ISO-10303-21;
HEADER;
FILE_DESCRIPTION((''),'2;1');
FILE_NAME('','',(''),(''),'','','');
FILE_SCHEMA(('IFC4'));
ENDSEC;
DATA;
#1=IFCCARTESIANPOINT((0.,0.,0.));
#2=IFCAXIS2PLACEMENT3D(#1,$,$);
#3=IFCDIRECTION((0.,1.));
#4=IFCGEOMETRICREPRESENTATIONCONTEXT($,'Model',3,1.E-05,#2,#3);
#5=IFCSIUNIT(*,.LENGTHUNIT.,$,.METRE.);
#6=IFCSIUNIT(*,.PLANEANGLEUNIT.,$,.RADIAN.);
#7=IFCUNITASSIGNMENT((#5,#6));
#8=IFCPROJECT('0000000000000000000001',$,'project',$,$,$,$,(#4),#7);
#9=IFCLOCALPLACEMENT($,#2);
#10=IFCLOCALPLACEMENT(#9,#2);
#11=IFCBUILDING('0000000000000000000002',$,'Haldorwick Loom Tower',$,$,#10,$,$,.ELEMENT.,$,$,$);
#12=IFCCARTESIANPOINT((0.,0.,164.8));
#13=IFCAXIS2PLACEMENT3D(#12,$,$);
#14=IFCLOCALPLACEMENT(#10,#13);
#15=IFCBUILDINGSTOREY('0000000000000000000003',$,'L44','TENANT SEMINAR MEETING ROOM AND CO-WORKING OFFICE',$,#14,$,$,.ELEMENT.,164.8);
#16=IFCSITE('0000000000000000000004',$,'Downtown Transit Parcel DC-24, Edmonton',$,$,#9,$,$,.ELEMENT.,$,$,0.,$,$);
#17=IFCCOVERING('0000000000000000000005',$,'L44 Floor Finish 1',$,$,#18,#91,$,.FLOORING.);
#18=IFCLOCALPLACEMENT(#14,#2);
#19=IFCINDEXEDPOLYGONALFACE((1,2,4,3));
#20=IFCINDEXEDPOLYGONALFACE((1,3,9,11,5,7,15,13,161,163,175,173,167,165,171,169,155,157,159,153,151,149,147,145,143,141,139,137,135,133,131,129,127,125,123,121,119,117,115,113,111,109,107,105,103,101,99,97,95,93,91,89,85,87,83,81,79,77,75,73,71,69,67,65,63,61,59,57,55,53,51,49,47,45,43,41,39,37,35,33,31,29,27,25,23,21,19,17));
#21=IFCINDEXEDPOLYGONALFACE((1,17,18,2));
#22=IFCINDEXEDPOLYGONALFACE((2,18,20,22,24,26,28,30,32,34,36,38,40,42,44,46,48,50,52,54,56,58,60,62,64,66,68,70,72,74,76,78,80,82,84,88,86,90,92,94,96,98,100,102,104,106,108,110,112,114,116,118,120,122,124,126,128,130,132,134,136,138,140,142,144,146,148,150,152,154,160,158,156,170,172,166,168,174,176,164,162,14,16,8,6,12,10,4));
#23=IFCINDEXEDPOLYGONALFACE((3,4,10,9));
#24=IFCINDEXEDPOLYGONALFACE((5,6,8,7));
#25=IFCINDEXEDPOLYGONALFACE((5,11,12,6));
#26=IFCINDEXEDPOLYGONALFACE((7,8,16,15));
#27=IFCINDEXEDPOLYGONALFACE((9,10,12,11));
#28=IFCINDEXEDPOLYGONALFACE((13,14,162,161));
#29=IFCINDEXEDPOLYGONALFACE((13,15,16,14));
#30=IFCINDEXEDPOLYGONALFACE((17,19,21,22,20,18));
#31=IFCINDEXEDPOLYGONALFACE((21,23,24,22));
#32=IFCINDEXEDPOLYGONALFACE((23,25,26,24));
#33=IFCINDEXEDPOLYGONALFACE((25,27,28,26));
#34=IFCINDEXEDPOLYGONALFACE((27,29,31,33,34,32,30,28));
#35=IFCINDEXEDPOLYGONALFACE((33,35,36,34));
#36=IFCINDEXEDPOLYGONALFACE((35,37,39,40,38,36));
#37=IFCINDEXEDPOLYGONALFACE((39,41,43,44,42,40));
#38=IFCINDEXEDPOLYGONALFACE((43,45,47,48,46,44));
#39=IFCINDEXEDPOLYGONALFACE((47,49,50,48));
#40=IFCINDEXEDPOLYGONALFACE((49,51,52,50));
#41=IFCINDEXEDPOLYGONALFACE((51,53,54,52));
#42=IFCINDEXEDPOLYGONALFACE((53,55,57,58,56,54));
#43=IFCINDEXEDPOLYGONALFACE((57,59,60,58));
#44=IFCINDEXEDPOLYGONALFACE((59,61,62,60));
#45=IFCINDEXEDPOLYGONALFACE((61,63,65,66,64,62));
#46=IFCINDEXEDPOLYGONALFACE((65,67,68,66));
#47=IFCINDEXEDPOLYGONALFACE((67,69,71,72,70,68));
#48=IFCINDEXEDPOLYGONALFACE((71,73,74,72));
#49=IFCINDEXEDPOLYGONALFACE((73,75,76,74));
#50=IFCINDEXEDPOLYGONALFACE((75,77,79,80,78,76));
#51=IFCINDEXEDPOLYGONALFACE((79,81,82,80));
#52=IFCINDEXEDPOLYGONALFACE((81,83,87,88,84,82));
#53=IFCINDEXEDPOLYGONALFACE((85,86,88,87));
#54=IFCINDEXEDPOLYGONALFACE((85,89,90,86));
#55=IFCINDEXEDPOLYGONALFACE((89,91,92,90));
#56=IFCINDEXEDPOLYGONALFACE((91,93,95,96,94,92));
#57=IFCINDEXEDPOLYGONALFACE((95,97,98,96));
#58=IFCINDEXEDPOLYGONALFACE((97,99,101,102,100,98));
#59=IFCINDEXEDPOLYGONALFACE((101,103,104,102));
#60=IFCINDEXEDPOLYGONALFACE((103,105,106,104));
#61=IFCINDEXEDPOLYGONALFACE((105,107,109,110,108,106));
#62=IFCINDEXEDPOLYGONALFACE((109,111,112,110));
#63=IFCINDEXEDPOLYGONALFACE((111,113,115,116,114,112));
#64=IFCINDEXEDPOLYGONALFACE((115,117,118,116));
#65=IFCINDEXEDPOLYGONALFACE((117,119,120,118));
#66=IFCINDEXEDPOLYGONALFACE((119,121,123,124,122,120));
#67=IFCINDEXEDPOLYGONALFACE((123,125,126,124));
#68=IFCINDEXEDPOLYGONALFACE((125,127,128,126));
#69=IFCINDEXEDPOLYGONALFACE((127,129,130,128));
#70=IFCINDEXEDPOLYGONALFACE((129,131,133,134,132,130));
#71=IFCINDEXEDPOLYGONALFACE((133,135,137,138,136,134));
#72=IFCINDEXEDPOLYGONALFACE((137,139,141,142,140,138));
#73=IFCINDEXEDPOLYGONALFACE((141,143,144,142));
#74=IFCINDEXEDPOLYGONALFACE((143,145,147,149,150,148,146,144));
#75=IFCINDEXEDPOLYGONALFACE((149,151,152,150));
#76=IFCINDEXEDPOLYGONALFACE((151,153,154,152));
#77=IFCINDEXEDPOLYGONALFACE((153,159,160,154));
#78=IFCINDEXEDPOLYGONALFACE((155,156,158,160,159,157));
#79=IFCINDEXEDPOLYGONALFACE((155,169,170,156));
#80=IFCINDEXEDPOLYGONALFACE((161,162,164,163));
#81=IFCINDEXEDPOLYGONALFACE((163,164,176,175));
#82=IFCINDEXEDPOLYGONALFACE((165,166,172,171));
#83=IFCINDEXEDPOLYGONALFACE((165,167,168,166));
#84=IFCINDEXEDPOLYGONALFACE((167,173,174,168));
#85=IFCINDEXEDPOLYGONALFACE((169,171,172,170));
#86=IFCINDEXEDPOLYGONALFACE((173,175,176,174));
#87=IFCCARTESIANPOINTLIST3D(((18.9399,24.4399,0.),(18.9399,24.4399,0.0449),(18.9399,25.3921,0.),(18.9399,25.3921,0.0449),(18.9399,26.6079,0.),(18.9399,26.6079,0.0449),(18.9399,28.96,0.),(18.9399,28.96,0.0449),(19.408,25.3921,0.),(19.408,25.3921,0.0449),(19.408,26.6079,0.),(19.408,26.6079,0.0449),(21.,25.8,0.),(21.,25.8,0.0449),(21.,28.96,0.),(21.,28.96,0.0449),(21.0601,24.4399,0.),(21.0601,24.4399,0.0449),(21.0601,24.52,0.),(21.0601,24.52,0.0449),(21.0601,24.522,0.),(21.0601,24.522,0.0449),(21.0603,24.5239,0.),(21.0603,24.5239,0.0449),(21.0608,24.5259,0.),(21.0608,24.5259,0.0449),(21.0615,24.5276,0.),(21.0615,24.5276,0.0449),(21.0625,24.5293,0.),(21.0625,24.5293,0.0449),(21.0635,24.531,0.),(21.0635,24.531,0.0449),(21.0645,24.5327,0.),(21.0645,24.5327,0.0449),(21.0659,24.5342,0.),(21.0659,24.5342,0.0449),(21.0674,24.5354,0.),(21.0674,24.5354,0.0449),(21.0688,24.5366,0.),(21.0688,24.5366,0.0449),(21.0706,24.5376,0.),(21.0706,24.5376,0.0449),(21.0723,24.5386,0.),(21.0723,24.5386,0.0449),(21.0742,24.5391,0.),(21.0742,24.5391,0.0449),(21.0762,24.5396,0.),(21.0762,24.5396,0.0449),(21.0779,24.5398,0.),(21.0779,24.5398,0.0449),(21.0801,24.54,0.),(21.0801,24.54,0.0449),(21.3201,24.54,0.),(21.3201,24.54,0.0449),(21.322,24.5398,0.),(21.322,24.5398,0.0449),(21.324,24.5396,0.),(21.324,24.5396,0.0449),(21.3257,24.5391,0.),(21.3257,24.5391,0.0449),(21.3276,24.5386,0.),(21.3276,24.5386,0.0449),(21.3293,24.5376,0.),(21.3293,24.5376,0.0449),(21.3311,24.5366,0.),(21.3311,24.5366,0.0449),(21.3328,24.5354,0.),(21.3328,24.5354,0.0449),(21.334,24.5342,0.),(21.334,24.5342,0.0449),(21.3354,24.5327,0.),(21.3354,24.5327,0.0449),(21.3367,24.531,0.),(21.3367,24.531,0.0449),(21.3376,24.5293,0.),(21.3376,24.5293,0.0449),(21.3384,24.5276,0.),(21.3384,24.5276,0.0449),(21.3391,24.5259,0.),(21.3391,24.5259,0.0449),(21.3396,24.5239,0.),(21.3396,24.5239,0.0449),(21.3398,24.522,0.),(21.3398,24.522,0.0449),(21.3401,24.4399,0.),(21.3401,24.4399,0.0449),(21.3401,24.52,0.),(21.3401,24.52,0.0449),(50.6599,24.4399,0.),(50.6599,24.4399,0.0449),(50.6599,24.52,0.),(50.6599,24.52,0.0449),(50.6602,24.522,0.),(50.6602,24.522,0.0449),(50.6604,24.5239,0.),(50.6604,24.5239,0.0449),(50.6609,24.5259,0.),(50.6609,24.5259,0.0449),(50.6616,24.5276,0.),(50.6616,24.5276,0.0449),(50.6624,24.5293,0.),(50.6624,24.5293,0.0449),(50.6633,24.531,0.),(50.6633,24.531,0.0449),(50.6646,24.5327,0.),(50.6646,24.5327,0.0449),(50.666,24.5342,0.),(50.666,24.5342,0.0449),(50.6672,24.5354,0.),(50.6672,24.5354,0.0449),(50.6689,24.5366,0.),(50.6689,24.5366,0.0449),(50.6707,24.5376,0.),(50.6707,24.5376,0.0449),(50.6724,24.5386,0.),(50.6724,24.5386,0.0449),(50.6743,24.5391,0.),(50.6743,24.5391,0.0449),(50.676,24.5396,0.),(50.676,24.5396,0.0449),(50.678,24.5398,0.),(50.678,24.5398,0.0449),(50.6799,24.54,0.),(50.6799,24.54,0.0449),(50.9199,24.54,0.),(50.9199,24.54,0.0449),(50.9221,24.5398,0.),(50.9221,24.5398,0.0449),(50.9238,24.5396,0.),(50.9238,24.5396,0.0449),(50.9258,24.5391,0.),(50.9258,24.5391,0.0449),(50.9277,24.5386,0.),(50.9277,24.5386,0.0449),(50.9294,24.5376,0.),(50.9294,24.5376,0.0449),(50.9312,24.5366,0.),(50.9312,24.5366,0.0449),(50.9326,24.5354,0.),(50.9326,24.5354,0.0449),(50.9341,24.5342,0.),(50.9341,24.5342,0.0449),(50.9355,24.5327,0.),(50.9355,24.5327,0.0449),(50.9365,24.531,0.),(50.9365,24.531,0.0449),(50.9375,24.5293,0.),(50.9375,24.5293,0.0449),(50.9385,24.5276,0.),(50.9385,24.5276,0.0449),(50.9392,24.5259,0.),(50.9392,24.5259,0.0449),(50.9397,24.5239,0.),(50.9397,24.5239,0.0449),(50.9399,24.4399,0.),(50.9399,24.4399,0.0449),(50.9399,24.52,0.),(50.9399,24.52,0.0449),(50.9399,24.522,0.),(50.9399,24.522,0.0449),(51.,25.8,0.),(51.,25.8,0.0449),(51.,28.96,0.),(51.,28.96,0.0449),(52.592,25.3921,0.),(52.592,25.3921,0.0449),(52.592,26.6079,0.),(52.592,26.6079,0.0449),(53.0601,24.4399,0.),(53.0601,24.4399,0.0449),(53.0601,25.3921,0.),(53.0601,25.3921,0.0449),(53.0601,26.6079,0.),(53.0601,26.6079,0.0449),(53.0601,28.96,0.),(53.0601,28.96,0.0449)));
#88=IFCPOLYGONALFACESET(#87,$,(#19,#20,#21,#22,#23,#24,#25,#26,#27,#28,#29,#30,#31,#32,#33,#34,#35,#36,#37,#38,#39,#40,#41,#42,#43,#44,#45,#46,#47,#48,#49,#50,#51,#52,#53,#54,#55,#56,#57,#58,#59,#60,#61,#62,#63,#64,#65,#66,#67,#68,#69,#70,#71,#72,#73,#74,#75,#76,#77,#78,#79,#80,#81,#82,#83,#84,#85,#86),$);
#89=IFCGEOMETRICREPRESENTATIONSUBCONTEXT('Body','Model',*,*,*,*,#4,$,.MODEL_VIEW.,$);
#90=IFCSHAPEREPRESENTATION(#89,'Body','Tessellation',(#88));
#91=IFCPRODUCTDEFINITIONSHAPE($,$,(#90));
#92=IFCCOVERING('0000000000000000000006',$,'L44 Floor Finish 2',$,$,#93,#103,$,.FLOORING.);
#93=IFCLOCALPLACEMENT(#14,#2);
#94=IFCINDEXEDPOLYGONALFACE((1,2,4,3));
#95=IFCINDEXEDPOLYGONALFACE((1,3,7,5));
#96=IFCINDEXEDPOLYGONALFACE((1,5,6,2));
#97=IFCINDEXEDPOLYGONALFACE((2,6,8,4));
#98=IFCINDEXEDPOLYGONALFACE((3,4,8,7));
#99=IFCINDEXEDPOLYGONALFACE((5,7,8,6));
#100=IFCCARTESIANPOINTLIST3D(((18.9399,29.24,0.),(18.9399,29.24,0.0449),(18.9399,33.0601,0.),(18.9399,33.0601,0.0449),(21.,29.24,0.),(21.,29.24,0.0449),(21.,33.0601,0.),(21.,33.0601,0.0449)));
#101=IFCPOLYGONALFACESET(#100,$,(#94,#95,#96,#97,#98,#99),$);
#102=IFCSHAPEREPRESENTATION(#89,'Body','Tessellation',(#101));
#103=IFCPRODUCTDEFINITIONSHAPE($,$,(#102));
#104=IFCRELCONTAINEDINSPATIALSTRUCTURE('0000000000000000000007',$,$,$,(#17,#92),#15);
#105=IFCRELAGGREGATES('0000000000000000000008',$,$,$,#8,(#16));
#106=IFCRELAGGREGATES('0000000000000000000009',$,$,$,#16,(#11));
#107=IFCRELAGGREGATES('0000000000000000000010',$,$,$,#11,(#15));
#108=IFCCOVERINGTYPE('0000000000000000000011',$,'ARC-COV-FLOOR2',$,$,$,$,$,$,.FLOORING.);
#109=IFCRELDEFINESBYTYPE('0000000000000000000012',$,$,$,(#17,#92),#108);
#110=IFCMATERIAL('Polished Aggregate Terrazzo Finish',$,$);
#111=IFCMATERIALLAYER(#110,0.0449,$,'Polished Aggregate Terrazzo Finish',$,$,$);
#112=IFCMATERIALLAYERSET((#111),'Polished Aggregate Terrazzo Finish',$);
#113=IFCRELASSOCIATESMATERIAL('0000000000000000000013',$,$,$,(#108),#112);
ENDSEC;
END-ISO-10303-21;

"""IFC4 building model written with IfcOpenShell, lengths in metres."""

from ifc_helpers import new_model, si_unit, direction, frame, origin, place, context, subcontext, project, spatial, polyline, outline, extrude, material, layer, layer_set, type_object, element, save


model = new_model("IFC4")

# Units and contexts
model_context = context("Model", 3, precision=1e-05, world=origin(), true_north=direction((0.0, 1.0)))
body_context = subcontext(model_context, "Body", "Model", "MODEL_VIEW")
ifc_project = project(units=[si_unit("LENGTHUNIT", "METRE"), si_unit("PLANEANGLEUNIT", "RADIAN")], contexts=[model_context])

# Site, building, storey
site_placement = place(None, origin())
site = spatial("IfcSite", under=ifc_project, at=site_placement, Name="Downtown Transit Parcel DC-24, Edmonton", CompositionType="ELEMENT", RefElevation=0.0)
building_placement = place(site_placement, origin())
building = spatial("IfcBuilding", under=site, at=building_placement, Name="Haldorwick Loom Tower", CompositionType="ELEMENT")
storey_placement = place(building_placement, frame((0.0, 0.0, 164.8)))
storey = spatial("IfcBuildingStorey", under=building, at=storey_placement, Name="L44", Description="TENANT SEMINAR MEETING ROOM AND CO-WORKING OFFICE", CompositionType="ELEMENT", Elevation=164.8)

# Coverings
ifc_material_1 = material(Name="Polished Aggregate Terrazzo Finish")
ifc_layer_1 = layer(ifc_material_1, 0.0449, Name="Polished Aggregate Terrazzo Finish")
ifc_layer_set_1 = layer_set([ifc_layer_1], Name="Polished Aggregate Terrazzo Finish")
covering_type_1 = type_object("IfcCoveringType", Name="ARC-COV-FLOOR2", PredefinedType="FLOORING", material=ifc_layer_set_1)
covering_1_placement = place(storey_placement, origin())
element("IfcCovering", 1, at=covering_1_placement, inside=storey, type_object=covering_type_1, Name="L44 Floor Finish 1", PredefinedType="FLOORING", context=body_context, shape_type="SweptSolid", body=[
    extrude(outline(polyline([(51.0, 28.96), (51.0, 25.8), (21.0, 25.8), (21.0, 28.96), (18.9399, 28.96), (18.9399, 26.6079), (19.408, 26.6079), (19.408, 25.3921), (18.9399, 25.3921), (18.9399, 24.4399), (21.0601, 24.4399), (21.0601, 24.52), (21.0601, 24.522), (21.0603, 24.5239), (21.0608, 24.5259), (21.0615, 24.5276), (21.0625, 24.5293), (21.0635, 24.531), (21.0645, 24.5327), (21.0659, 24.5342), (21.0674, 24.5354), (21.0688, 24.5366), (21.0706, 24.5376), (21.0723, 24.5386), (21.0742, 24.5391), (21.0762, 24.5396), (21.0779, 24.5398), (21.0801, 24.54), (21.3201, 24.54), (21.322, 24.5398), (21.324, 24.5396), (21.3257, 24.5391), (21.3276, 24.5386), (21.3293, 24.5376), (21.3311, 24.5366), (21.3328, 24.5354), (21.334, 24.5342), (21.3354, 24.5327), (21.3367, 24.531), (21.3376, 24.5293), (21.3384, 24.5276), (21.3391, 24.5259), (21.3396, 24.5239), (21.3398, 24.522), (21.3401, 24.52), (21.3401, 24.4399), (50.6599, 24.4399), (50.6599, 24.52), (50.6602, 24.522), (50.6604, 24.5239), (50.6609, 24.5259), (50.6616, 24.5276), (50.6624, 24.5293), (50.6633, 24.531), (50.6646, 24.5327), (50.666, 24.5342), (50.6672, 24.5354), (50.6689, 24.5366), (50.6707, 24.5376), (50.6724, 24.5386), (50.6743, 24.5391), (50.676, 24.5396), (50.678, 24.5398), (50.6799, 24.54), (50.9199, 24.54), (50.9221, 24.5398), (50.9238, 24.5396), (50.9258, 24.5391), (50.9277, 24.5386), (50.9294, 24.5376), (50.9312, 24.5366), (50.9326, 24.5354), (50.9341, 24.5342), (50.9355, 24.5327), (50.9365, 24.531), (50.9375, 24.5293), (50.9385, 24.5276), (50.9392, 24.5259), (50.9397, 24.5239), (50.9399, 24.522), (50.9399, 24.52), (50.9399, 24.4399), (53.0601, 24.4399), (53.0601, 25.3921), (52.592, 25.3921), (52.592, 26.6079), (53.0601, 26.6079), (53.0601, 28.96), (51.0, 28.96)])), origin(), (0.0, 0.0, 1.0), 0.0449),
])
covering_2_placement = place(storey_placement, origin())
element("IfcCovering", 2, at=covering_2_placement, inside=storey, type_object=covering_type_1, Name="L44 Floor Finish 2", PredefinedType="FLOORING", context=body_context, shape_type="SweptSolid", body=[
    extrude(outline(polyline([(18.9399, 33.0601), (18.9399, 29.24), (21.0, 29.24), (21.0, 33.0601), (18.9399, 33.0601)])), origin(), (0.0, 0.0, 1.0), 0.0449),
])

save(model, "model.ifc")
